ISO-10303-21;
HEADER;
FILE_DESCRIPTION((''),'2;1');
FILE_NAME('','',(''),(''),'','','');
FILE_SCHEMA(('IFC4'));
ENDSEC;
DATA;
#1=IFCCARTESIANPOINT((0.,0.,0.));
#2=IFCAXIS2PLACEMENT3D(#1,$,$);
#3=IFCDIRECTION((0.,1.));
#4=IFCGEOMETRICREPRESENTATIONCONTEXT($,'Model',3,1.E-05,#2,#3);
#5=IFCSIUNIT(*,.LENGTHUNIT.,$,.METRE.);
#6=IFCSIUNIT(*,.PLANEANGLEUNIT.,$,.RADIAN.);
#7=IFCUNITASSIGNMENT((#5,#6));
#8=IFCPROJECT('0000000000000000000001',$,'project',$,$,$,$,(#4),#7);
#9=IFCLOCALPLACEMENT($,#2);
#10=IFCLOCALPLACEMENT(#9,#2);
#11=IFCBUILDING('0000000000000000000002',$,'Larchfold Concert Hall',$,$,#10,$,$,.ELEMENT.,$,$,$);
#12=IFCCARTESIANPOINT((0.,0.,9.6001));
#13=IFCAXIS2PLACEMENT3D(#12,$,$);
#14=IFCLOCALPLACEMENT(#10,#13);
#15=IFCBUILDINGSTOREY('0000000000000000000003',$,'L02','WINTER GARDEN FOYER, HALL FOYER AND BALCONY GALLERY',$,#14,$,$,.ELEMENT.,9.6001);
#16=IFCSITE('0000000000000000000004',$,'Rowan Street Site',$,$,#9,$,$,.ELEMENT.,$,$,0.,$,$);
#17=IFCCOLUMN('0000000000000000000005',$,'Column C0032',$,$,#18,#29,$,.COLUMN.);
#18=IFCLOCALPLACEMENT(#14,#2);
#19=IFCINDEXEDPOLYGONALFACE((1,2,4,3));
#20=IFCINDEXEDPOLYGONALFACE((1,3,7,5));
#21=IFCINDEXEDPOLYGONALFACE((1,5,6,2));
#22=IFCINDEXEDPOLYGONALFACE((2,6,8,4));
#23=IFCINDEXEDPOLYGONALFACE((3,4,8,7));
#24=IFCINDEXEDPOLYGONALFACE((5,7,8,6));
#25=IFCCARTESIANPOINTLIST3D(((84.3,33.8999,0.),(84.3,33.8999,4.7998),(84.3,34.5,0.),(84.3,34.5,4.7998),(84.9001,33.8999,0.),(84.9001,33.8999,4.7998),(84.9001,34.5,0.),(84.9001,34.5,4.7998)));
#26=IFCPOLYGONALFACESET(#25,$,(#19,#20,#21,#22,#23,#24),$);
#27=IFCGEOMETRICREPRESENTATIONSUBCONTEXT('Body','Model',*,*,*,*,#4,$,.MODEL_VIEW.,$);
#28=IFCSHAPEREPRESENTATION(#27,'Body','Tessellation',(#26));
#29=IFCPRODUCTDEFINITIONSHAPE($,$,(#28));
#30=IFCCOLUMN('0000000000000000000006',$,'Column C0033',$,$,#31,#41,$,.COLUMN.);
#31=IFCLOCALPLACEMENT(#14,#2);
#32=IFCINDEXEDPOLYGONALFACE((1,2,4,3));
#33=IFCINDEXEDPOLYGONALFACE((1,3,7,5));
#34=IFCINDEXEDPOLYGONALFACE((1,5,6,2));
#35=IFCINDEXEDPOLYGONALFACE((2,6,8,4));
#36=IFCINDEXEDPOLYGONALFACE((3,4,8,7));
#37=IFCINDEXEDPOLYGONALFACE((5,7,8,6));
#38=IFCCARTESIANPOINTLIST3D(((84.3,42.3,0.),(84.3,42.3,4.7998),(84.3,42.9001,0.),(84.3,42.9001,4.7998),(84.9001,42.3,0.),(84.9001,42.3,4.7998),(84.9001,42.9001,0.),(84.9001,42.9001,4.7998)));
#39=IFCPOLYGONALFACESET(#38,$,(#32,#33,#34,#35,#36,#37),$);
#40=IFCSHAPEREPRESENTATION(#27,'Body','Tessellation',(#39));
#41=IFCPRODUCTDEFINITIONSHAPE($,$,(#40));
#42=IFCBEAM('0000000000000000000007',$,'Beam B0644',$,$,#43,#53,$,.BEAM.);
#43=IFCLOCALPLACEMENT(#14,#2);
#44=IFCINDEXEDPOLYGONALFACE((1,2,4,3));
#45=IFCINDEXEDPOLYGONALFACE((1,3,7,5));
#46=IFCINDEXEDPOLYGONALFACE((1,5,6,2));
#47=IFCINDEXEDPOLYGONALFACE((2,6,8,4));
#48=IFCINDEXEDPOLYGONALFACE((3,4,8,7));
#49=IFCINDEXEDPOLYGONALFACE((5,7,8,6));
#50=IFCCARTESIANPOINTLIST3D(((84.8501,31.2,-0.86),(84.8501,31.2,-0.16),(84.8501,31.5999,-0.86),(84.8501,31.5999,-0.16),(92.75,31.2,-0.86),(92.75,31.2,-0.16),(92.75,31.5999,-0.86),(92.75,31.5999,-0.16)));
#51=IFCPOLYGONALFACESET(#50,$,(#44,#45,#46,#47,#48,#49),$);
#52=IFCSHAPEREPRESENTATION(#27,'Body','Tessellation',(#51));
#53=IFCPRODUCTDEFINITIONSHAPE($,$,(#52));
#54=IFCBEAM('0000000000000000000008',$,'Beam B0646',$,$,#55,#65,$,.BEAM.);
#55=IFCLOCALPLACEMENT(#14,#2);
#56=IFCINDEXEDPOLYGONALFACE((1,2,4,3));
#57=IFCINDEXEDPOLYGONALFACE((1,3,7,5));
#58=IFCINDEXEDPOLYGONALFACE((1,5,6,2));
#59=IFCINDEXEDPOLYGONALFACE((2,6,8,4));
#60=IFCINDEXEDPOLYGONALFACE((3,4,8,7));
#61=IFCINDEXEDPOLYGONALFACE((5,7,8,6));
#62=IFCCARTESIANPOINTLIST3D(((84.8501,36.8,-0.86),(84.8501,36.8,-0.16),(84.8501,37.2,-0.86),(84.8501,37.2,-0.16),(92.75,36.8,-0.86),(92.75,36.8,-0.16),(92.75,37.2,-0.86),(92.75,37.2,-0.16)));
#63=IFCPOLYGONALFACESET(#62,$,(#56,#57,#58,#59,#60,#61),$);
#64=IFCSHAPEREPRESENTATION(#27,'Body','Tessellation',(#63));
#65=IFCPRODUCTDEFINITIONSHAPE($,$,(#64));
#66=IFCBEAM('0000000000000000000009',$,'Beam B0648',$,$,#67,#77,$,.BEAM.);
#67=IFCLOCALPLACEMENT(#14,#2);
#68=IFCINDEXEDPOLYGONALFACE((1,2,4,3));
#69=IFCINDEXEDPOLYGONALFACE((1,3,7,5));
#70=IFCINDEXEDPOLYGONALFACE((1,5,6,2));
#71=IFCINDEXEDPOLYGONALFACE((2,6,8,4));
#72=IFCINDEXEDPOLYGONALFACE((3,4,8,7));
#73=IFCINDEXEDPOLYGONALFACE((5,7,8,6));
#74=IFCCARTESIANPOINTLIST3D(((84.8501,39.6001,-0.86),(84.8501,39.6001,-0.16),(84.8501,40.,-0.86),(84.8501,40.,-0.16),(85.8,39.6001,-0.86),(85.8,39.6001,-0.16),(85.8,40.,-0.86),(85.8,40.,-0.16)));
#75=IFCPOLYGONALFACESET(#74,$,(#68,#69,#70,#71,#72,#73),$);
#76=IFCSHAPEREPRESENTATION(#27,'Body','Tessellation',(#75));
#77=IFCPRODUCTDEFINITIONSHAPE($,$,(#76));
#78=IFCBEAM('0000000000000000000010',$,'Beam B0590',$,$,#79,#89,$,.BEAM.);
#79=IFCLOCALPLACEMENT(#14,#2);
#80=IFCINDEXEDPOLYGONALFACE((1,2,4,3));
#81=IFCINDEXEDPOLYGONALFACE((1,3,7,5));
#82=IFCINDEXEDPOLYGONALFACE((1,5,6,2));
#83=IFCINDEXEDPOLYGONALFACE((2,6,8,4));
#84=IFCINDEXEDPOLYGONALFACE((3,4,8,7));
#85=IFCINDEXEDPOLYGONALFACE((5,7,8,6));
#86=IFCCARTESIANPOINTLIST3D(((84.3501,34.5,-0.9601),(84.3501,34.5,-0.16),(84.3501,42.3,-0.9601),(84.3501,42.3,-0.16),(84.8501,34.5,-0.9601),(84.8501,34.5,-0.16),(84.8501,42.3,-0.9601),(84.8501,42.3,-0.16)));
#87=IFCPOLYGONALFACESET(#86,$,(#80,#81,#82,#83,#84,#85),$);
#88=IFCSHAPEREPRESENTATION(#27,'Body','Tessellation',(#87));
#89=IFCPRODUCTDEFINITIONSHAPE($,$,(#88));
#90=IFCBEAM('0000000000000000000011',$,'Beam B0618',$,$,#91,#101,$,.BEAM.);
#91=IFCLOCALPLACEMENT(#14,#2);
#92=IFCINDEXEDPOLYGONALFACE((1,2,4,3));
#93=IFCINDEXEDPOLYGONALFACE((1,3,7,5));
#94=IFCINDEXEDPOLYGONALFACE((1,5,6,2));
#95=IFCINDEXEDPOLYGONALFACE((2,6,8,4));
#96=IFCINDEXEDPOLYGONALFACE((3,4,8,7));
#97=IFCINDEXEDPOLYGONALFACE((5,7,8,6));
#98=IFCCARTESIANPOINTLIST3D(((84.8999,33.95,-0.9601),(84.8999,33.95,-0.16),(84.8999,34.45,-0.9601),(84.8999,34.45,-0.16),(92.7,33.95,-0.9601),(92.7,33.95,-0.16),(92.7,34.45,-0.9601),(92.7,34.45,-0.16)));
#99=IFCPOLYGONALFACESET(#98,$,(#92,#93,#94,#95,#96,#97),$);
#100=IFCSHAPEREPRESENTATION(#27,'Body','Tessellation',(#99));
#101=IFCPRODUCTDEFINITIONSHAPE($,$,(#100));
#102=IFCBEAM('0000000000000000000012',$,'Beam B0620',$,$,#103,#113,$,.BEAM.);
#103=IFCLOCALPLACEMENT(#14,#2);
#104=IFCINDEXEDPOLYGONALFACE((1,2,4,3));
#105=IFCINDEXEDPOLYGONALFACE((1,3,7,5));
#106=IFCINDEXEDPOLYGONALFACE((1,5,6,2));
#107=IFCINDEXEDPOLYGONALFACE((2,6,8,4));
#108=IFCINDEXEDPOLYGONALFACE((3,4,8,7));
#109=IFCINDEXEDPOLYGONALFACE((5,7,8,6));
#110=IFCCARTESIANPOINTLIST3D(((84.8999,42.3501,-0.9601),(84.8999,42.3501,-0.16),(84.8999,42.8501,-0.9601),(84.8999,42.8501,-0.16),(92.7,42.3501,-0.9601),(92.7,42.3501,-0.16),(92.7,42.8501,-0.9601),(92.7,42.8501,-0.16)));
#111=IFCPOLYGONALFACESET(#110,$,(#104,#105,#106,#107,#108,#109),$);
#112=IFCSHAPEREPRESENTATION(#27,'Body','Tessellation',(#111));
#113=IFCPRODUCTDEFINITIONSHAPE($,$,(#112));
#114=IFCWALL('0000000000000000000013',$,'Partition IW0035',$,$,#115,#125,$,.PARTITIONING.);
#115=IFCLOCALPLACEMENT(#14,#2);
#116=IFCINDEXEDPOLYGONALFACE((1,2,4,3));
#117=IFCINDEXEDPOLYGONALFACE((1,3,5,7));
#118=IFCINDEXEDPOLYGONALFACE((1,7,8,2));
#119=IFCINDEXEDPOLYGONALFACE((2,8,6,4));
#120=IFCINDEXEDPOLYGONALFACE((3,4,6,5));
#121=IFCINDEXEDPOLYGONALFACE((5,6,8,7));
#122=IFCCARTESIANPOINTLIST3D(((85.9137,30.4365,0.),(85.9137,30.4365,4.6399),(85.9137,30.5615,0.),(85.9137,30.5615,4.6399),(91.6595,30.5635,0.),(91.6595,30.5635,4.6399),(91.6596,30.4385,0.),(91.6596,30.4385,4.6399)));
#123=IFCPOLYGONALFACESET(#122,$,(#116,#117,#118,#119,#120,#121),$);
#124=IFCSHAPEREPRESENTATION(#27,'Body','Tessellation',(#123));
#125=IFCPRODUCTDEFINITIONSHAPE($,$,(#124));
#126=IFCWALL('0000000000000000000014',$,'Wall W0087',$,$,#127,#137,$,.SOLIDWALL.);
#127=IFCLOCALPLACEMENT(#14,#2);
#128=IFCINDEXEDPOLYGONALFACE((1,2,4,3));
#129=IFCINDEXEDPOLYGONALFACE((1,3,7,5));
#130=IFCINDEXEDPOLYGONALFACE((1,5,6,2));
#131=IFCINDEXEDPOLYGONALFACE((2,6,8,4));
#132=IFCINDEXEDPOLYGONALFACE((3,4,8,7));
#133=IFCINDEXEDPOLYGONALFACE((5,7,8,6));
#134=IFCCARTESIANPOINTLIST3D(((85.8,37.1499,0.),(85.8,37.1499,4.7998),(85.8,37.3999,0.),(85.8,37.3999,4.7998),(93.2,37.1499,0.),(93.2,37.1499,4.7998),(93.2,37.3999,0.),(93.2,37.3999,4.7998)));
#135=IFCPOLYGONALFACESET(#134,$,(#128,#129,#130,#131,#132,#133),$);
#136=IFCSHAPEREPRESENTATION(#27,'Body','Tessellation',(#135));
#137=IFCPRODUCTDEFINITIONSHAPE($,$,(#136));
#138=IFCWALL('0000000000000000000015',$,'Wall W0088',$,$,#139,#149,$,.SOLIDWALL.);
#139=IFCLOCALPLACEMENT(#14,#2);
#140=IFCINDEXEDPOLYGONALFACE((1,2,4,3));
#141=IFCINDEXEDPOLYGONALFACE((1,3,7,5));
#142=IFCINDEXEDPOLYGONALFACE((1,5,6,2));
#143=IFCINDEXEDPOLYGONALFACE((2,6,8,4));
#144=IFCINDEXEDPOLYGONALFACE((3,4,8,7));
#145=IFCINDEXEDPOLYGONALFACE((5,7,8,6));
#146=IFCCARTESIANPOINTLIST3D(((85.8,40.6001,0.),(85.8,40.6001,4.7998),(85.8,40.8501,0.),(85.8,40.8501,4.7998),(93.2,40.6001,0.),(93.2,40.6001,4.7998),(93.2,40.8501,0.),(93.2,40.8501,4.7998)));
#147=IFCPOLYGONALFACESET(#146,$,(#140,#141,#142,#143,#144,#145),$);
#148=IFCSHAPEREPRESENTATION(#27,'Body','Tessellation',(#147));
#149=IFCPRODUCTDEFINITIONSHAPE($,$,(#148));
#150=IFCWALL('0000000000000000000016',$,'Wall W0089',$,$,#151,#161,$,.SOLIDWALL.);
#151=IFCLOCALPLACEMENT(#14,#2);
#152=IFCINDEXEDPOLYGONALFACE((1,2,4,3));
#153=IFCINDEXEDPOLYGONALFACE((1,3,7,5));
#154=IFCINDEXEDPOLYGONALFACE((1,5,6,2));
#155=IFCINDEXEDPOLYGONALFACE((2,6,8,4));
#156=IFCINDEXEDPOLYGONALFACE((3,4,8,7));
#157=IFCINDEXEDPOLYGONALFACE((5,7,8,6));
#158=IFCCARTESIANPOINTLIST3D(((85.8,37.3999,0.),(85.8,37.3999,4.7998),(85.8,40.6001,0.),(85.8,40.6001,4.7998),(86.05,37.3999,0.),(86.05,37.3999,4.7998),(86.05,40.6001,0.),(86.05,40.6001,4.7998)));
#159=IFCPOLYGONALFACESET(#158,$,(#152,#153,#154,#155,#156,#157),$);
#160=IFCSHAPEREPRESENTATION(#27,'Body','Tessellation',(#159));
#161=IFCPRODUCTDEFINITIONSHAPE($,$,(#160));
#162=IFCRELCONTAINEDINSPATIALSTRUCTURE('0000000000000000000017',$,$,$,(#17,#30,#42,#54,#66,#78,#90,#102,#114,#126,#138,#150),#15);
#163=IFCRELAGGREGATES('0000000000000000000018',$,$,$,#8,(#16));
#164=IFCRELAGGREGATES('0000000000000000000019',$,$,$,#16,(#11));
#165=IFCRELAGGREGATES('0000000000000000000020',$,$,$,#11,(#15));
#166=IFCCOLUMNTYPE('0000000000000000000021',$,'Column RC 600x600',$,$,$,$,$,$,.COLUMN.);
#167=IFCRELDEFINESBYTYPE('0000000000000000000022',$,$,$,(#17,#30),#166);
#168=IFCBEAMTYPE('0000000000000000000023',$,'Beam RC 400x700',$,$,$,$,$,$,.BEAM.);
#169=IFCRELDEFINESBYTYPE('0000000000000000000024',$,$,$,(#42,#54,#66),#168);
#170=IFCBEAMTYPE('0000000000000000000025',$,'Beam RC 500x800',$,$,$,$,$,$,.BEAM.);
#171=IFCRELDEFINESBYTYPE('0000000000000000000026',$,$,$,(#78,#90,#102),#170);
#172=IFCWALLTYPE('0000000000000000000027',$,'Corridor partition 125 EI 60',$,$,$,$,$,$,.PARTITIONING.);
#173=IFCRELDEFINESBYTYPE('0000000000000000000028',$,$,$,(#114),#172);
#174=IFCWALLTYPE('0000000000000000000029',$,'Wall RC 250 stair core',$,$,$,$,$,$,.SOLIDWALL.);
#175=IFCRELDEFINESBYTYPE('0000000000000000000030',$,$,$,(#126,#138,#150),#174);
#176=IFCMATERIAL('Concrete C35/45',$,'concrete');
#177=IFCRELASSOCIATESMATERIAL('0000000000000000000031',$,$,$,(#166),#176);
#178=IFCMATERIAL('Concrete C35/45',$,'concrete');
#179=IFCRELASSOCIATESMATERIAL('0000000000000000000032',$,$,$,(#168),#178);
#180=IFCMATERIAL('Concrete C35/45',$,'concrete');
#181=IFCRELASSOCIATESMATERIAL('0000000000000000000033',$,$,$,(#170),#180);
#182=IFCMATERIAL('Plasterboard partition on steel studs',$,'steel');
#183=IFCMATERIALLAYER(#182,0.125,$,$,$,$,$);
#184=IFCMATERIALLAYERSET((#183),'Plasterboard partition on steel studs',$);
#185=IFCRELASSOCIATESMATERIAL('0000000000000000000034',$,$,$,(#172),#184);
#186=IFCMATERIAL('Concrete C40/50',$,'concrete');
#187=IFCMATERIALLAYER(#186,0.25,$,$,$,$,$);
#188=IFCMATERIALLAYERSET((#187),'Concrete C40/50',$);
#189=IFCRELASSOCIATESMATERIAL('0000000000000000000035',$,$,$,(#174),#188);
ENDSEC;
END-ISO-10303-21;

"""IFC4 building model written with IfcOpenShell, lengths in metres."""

from ifc_helpers import new_model, si_unit, direction, frame, frame_2d, origin, origin_2d, place, context, subcontext, project, spatial, rectangle, extrude, material, layer, layer_set, material_profile, profile_set, type_object, element, save


model = new_model("IFC4")

# Units and contexts
model_context = context("Model", 3, precision=1e-05, world=origin(), true_north=direction((0.0, 1.0)))
body_context = subcontext(model_context, "Body", "Model", "MODEL_VIEW")
ifc_project = project(units=[si_unit("LENGTHUNIT", "METRE"), si_unit("PLANEANGLEUNIT", "RADIAN")], contexts=[model_context])

# Site, building, storey
site_placement = place(None, origin())
site = spatial("IfcSite", under=ifc_project, at=site_placement, Name="Rowan Street Site", CompositionType="ELEMENT", RefElevation=0.0)
building_placement = place(site_placement, origin())
building = spatial("IfcBuilding", under=site, at=building_placement, Name="Larchfold Concert Hall", CompositionType="ELEMENT")
storey_placement = place(building_placement, frame((0.0, 0.0, 9.6001)))
storey = spatial("IfcBuildingStorey", under=building, at=storey_placement, Name="L02", Description="WINTER GARDEN FOYER, HALL FOYER AND BALCONY GALLERY", CompositionType="ELEMENT", Elevation=9.6001)

# Columns
ifc_material_1 = material(Name="Concrete C35/45", Category="concrete")
ifc_material_profile_1 = material_profile(ifc_material_1, rectangle(XDim=0.6001, YDim=0.6001, at=origin_2d()))
ifc_profile_set_1 = profile_set([ifc_material_profile_1], Name="Concrete C35/45")
column_type = type_object("IfcColumnType", Name="Column RC 600x600", PredefinedType="COLUMN", material=ifc_profile_set_1)
for number, where, z_axis, x_axis, name in (
    (1, (84.6001, 34.2, 0.0), (0.0, 0.0, 1.0), (1.0, 0.0, 0.0), "Column C0032"),
    (2, (84.6001, 42.6001, 0.0), (0.0, 0.0, 1.0), (1.0, 0.0, 0.0), "Column C0033"),
):
    element("IfcColumn", number, at=place(storey_placement, frame(where, z_axis=z_axis, x_axis=x_axis)), inside=storey, type_object=column_type, Name=name, PredefinedType="COLUMN", context=body_context, shape_type="SweptSolid", body=[
        extrude(rectangle(XDim=0.6001, YDim=0.6001, at=origin_2d()), origin(), (0.0, 0.0, 1.0), 4.7998),
    ])

# Beams
ifc_material_2 = material(Name="Concrete C35/45", Category="concrete")
ifc_material_profile_2 = material_profile(ifc_material_2, rectangle(XDim=0.3999, YDim=0.7, at=origin_2d()))
ifc_profile_set_2 = profile_set([ifc_material_profile_2], Name="Concrete C35/45")
beam_type_1 = type_object("IfcBeamType", Name="Beam RC 400x700", PredefinedType="BEAM", material=ifc_profile_set_2)
for number, where, z_axis, x_axis, name in (
    (3, (84.8501, 31.3999, -0.51), (1.0, 0.0, 0.0), (0.0, 1.0, 0.0), "Beam B0644"),
    (4, (84.8501, 37.0, -0.51), (1.0, 0.0, 0.0), (0.0, 1.0, 0.0), "Beam B0646"),
):
    element("IfcBeam", number, at=place(storey_placement, frame(where, z_axis=z_axis, x_axis=x_axis)), inside=storey, type_object=beam_type_1, Name=name, PredefinedType="BEAM", context=body_context, shape_type="SweptSolid", body=[
        extrude(rectangle(XDim=0.3999, YDim=0.7, at=origin_2d()), origin(), (0.0, 0.0, 1.0), 7.8999),
    ])
beam_placement = place(storey_placement, frame((84.8501, 39.8, -0.51), z_axis=(1.0, 0.0, 0.0), x_axis=(0.0, 1.0, 0.0)))
element("IfcBeam", 5, at=beam_placement, inside=storey, type_object=beam_type_1, Name="Beam B0648", PredefinedType="BEAM", context=body_context, shape_type="SweptSolid", body=[
    extrude(rectangle(XDim=0.3999, YDim=0.7, at=origin_2d()), origin(), (0.0, 0.0, 1.0), 0.95),
])
ifc_material_3 = material(Name="Concrete C35/45", Category="concrete")
ifc_material_profile_3 = material_profile(ifc_material_3, rectangle(XDim=0.5, YDim=0.8, at=origin_2d()))
ifc_profile_set_3 = profile_set([ifc_material_profile_3], Name="Concrete C35/45")
beam_type_2 = type_object("IfcBeamType", Name="Beam RC 500x800", PredefinedType="BEAM", material=ifc_profile_set_3)
for number, where, z_axis, x_axis, name in (
    (6, (84.6001, 34.5, -0.5601), (0.0, 1.0, 0.0), (-1.0, 0.0, 0.0), "Beam B0590"),
    (7, (84.8999, 34.2, -0.5601), (1.0, 0.0, 0.0), (0.0, 1.0, 0.0), "Beam B0618"),
    (8, (84.8999, 42.6001, -0.5601), (1.0, 0.0, 0.0), (0.0, 1.0, 0.0), "Beam B0620"),
):
    element("IfcBeam", number, at=place(storey_placement, frame(where, z_axis=z_axis, x_axis=x_axis)), inside=storey, type_object=beam_type_2, Name=name, PredefinedType="BEAM", context=body_context, shape_type="SweptSolid", body=[
        extrude(rectangle(XDim=0.5, YDim=0.8, at=origin_2d()), origin(), (0.0, 0.0, 1.0), 7.8),
    ])

# Walls
ifc_material_4 = material(Name="Plasterboard partition on steel studs", Category="steel")
ifc_layer_1 = layer(ifc_material_4, 0.125)
ifc_layer_set_1 = layer_set([ifc_layer_1], Name="Plasterboard partition on steel studs")
wall_type_1 = type_object("IfcWallType", Name="Corridor partition 125 EI 60", PredefinedType="PARTITIONING", material=ifc_layer_set_1)
wall_1_placement = place(storey_placement, frame((85.9136, 30.499, 0.0), z_axis=(0.0, 0.0, 1.0), x_axis=(1.0, 0.00034, 0.0)))
element("IfcWall", 9, at=wall_1_placement, inside=storey, type_object=wall_type_1, Name="Partition IW0035", PredefinedType="PARTITIONING", context=body_context, shape_type="SweptSolid", body=[
    extrude(rectangle(XDim=5.7458, YDim=0.125, at=frame_2d((2.873, 0.0))), origin(), (0.0, 0.0, 1.0), 4.6399),
])
ifc_material_5 = material(Name="Concrete C40/50", Category="concrete")
ifc_layer_2 = layer(ifc_material_5, 0.25)
ifc_layer_set_2 = layer_set([ifc_layer_2], Name="Concrete C40/50")
wall_type_2 = type_object("IfcWallType", Name="Wall RC 250 stair core", PredefinedType="SOLIDWALL", material=ifc_layer_set_2)
for number, where, z_axis, x_axis, name in (
    (10, (85.8, 37.2749, 0.0), (0.0, 0.0, 1.0), (1.0, 0.0, 0.0), "Wall W0087"),
    (11, (85.8, 40.7251, 0.0), (0.0, 0.0, 1.0), (1.0, 0.0, 0.0), "Wall W0088"),
):
    element("IfcWall", number, at=place(storey_placement, frame(where, z_axis=z_axis, x_axis=x_axis)), inside=storey, type_object=wall_type_2, Name=name, PredefinedType="SOLIDWALL", context=body_context, shape_type="SweptSolid", body=[
        extrude(rectangle(XDim=7.3999, YDim=0.25, at=frame_2d((3.7, 0.0))), origin(), (0.0, 0.0, 1.0), 4.7998),
    ])
wall_2_placement = place(storey_placement, frame((85.925, 37.3999, 0.0), z_axis=(0.0, 0.0, 1.0), x_axis=(0.0, 1.0, 0.0)))
element("IfcWall", 12, at=wall_2_placement, inside=storey, type_object=wall_type_2, Name="Wall W0089", PredefinedType="SOLIDWALL", context=body_context, shape_type="SweptSolid", body=[
    extrude(rectangle(XDim=3.2002, YDim=0.25, at=frame_2d((1.6001, 0.0))), origin(), (0.0, 0.0, 1.0), 4.7998),
])

save(model, "model.ifc")
